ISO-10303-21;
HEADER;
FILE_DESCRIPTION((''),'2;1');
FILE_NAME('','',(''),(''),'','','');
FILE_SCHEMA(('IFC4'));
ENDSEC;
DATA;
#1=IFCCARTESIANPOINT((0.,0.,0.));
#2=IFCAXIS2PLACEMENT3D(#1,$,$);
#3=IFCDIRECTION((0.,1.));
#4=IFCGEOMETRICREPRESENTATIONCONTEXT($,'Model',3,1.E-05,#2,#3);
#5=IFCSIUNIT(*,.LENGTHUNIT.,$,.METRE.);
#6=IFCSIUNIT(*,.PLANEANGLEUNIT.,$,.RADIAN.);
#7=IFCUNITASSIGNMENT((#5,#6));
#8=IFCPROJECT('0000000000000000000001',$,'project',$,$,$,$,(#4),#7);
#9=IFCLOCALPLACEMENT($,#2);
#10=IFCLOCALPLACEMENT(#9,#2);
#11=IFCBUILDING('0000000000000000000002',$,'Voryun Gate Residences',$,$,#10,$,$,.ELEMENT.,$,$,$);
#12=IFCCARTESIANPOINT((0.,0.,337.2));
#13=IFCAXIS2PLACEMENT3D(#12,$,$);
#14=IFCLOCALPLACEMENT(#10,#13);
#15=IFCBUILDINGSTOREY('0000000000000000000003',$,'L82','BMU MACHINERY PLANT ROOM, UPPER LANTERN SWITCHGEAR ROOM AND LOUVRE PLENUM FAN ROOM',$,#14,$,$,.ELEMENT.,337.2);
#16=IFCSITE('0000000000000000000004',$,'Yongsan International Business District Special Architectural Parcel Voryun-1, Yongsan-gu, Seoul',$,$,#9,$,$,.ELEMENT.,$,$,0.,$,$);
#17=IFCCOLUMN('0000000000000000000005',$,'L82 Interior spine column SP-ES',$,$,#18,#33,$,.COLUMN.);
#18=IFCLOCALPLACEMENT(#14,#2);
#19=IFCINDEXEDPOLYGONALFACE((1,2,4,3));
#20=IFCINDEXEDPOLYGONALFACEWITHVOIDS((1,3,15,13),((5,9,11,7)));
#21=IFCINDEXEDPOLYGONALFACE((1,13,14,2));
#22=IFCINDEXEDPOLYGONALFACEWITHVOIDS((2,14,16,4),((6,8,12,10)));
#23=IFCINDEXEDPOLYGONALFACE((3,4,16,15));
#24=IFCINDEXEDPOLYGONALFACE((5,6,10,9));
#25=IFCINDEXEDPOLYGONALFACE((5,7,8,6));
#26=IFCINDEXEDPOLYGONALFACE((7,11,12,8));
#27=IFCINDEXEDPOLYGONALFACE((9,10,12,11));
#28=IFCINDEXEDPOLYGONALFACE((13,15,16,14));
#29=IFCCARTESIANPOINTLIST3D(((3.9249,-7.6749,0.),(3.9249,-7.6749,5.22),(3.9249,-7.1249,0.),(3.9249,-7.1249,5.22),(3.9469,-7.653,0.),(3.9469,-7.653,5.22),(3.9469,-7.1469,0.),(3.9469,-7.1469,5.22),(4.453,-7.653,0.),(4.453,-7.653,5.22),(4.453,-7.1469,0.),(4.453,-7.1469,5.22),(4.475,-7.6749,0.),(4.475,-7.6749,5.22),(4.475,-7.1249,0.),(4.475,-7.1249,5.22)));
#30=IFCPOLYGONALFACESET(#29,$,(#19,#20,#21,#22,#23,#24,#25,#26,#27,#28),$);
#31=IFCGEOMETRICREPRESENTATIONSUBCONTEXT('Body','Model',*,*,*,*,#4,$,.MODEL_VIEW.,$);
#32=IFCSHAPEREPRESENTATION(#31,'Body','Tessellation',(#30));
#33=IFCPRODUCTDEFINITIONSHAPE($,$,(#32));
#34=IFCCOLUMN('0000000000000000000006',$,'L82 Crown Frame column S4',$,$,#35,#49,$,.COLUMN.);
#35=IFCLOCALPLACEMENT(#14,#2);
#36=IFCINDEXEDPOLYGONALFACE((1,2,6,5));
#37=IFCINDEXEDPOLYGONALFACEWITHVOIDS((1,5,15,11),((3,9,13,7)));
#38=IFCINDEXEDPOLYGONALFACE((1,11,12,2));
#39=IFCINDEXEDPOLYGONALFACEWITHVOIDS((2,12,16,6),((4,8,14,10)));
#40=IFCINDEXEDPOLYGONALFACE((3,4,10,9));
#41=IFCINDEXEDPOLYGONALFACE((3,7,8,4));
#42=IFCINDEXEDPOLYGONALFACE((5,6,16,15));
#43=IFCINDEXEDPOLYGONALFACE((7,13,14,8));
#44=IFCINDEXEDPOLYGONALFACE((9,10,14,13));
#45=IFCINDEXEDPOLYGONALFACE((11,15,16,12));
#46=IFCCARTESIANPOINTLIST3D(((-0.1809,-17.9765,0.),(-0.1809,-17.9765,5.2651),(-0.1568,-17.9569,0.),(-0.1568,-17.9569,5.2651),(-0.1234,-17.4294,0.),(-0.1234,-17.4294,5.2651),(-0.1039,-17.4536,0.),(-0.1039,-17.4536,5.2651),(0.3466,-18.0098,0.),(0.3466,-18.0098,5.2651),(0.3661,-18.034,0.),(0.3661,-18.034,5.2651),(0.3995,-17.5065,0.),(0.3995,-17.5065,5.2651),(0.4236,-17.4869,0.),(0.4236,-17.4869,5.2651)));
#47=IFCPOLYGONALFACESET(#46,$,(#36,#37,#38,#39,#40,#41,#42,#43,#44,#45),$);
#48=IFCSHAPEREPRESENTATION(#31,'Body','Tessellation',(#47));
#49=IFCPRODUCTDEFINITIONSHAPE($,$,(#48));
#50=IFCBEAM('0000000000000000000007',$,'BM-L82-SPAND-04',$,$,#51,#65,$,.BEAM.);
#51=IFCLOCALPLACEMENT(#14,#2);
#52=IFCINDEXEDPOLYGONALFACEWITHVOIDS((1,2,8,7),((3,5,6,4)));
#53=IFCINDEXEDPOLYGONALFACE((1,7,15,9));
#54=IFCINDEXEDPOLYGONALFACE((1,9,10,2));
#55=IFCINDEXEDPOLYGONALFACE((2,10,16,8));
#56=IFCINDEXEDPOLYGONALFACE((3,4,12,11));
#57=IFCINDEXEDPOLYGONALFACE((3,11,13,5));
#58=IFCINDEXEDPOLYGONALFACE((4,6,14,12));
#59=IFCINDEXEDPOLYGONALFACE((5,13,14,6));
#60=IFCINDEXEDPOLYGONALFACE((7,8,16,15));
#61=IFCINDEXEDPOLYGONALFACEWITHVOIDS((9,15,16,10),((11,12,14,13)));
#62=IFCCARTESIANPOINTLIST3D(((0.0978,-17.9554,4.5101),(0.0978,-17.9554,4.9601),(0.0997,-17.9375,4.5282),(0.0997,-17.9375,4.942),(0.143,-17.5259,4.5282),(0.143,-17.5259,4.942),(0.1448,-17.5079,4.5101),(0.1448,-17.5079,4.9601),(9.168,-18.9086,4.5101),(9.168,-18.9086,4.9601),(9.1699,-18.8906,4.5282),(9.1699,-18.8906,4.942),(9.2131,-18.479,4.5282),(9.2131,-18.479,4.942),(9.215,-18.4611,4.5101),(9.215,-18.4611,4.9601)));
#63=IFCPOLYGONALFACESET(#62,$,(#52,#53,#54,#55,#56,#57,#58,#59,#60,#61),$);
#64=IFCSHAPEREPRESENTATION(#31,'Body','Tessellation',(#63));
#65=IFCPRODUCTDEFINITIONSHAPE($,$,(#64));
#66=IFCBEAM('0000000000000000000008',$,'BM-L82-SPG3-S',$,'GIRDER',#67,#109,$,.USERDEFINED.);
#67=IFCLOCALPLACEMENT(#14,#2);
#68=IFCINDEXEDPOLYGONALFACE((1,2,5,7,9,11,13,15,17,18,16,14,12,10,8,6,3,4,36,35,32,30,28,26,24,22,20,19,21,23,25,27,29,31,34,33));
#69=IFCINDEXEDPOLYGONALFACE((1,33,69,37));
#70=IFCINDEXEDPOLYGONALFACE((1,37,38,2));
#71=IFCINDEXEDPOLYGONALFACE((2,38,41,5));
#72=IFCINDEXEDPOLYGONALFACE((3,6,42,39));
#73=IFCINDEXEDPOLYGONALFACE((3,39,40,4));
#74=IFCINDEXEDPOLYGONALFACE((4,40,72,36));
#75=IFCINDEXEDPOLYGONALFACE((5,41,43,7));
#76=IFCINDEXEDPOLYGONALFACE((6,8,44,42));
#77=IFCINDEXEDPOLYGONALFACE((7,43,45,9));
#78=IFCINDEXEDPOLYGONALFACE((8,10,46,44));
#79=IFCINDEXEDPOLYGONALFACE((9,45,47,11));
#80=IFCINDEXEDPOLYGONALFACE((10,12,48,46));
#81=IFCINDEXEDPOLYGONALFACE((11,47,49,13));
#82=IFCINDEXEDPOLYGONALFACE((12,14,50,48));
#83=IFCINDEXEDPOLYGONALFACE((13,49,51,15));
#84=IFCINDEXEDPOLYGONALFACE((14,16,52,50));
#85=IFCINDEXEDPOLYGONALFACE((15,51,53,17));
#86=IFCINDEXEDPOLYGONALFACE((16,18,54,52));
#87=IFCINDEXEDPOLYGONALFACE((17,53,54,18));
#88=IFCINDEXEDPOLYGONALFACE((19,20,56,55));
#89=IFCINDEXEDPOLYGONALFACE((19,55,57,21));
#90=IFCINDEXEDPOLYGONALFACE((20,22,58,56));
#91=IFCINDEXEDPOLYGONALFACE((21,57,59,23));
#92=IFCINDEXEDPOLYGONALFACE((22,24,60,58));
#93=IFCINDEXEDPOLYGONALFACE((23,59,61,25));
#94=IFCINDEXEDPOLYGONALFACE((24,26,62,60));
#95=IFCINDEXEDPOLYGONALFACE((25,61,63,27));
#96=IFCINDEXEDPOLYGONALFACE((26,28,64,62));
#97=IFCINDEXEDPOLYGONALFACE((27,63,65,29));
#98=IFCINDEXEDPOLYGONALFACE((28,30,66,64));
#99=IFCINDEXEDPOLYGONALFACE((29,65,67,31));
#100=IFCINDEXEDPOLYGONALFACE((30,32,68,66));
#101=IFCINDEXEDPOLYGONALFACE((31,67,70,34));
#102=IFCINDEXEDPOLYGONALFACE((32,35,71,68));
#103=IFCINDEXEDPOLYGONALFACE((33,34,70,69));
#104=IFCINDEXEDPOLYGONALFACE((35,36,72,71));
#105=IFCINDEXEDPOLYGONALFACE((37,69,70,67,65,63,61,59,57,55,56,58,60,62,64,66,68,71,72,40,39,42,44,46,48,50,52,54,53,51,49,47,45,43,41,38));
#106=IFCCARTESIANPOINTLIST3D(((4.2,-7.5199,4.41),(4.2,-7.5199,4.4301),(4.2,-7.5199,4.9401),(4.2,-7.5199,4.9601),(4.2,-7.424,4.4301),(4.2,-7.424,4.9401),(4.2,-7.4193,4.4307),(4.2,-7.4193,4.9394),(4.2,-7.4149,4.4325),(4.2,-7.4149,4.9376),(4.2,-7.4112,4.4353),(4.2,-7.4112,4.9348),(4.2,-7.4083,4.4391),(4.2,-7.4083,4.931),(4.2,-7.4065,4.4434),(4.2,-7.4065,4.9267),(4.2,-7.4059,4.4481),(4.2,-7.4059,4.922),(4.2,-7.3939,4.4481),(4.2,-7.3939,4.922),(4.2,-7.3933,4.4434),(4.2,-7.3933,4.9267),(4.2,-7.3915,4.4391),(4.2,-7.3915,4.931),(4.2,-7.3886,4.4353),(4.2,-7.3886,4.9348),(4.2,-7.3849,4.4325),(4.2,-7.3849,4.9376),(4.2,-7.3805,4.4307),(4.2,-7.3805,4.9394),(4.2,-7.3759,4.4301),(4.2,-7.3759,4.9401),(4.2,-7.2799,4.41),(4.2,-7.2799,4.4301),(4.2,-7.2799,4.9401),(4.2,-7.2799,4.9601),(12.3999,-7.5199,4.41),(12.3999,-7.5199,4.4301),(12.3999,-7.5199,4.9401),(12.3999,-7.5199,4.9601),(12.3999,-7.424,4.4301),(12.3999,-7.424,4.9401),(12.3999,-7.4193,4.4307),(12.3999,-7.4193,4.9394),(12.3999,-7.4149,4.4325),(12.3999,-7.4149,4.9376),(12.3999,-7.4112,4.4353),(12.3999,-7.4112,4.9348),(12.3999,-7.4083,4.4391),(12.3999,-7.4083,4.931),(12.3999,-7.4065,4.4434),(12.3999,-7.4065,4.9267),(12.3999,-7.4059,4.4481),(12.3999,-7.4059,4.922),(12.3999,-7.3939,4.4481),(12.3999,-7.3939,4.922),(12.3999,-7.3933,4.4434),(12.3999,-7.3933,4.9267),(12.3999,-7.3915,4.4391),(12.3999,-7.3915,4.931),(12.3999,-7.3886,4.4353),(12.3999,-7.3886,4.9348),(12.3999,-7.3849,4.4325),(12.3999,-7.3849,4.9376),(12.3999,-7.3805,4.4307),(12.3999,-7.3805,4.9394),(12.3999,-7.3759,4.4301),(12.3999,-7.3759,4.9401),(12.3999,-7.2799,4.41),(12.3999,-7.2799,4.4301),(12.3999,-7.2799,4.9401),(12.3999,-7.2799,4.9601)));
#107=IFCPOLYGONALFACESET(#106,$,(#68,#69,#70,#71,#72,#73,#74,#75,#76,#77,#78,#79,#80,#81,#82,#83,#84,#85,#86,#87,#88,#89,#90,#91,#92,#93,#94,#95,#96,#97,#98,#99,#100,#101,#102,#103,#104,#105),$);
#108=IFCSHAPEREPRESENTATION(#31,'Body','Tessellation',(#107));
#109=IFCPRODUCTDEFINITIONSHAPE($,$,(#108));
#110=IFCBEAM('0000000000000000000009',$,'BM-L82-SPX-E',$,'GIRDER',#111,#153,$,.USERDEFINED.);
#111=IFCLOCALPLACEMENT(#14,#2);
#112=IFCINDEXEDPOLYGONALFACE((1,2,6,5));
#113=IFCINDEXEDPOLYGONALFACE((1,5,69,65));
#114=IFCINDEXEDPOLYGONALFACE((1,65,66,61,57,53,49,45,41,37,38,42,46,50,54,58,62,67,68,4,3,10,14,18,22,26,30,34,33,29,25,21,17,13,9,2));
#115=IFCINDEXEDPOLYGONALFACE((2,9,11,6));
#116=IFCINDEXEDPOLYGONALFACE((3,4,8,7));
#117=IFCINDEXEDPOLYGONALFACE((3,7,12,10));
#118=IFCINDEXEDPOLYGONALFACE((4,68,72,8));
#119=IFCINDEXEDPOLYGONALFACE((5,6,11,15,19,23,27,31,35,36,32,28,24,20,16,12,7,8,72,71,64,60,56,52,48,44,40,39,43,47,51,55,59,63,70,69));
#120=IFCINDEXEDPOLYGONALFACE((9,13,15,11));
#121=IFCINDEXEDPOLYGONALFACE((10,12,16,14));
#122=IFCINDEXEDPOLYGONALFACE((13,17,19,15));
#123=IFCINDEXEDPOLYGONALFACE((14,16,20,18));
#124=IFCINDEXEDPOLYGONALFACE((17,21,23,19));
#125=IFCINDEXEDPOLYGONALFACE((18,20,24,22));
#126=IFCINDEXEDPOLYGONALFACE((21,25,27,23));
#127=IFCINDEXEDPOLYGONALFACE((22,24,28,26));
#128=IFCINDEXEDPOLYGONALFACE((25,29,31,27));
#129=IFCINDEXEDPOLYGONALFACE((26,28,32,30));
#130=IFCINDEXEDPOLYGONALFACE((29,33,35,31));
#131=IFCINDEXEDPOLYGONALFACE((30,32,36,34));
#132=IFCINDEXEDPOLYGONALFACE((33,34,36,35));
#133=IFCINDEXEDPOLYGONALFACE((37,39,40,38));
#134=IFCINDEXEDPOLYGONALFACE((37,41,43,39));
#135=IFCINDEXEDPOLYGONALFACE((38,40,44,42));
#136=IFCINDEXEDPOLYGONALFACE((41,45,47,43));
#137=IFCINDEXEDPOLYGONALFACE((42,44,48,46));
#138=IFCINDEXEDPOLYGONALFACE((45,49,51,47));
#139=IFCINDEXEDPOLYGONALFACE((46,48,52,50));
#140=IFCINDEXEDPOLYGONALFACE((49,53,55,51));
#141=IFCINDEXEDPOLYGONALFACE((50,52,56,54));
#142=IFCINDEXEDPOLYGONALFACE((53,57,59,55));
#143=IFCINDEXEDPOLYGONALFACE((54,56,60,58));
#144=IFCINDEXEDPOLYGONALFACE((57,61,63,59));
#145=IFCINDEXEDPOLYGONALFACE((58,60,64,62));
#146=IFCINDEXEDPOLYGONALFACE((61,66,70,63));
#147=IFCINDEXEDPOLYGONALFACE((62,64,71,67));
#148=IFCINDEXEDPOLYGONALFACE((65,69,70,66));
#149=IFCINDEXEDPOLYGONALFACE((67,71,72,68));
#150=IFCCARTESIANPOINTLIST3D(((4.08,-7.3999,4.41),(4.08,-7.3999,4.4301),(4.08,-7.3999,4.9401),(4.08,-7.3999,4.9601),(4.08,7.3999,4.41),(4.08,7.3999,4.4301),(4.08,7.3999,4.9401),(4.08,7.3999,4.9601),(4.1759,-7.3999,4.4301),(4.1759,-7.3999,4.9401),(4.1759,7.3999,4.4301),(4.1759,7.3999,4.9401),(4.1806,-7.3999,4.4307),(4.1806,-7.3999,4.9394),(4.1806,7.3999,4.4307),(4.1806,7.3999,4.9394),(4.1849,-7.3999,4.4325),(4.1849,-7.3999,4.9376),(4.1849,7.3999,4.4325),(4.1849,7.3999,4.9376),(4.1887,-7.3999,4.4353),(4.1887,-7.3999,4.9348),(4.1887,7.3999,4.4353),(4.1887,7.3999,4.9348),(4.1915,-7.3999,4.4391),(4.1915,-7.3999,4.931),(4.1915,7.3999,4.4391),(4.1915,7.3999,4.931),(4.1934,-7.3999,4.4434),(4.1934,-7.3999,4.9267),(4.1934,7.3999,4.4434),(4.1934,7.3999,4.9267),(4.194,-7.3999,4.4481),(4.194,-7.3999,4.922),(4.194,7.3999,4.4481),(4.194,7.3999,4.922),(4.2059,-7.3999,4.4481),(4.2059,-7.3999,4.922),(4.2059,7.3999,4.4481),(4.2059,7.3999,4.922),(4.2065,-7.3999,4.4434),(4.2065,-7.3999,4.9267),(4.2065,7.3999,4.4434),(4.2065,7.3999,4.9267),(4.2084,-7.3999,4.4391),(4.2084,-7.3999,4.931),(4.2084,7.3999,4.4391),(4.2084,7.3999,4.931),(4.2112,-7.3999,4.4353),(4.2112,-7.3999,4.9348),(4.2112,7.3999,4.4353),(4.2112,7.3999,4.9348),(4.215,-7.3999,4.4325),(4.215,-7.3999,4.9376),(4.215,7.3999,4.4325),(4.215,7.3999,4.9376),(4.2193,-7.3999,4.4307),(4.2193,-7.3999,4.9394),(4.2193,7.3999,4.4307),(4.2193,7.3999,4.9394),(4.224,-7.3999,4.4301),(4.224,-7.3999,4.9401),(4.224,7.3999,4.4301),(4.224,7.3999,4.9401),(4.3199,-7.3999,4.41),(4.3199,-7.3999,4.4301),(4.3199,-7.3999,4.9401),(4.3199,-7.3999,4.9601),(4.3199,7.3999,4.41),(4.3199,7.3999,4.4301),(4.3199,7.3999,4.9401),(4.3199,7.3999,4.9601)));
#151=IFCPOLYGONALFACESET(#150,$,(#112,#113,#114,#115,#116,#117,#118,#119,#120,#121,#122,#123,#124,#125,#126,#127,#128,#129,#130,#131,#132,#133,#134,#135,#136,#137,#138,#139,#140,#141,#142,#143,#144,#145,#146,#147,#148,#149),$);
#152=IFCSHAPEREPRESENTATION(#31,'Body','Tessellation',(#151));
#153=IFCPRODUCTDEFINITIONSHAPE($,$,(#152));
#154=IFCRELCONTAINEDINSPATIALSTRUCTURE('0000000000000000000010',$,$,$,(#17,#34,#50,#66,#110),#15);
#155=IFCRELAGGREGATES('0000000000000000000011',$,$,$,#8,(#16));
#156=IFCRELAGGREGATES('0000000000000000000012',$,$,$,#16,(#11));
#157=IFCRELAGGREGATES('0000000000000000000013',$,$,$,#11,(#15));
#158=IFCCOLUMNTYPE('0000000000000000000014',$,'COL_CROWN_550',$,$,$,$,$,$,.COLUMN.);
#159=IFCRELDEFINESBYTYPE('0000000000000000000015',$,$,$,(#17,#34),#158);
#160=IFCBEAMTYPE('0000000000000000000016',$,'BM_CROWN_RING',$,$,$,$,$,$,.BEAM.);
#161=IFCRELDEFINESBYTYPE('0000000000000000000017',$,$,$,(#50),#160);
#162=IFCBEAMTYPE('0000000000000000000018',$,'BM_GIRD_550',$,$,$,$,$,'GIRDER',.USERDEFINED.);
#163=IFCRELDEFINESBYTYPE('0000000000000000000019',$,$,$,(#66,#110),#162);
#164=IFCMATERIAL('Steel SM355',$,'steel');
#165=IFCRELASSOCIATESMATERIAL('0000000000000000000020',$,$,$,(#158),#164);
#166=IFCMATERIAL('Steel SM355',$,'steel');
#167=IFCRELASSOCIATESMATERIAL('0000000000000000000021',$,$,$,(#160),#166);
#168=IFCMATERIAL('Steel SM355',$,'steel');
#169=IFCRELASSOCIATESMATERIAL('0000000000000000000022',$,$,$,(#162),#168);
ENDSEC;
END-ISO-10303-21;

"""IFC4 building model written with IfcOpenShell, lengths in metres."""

from ifc_helpers import new_model, si_unit, direction, frame, origin, origin_2d, place, context, subcontext, project, spatial, hollow_rectangle, i_section, extrude, material, material_profile, profile_set, type_object, element, save


model = new_model("IFC4")

# Units and contexts
model_context = context("Model", 3, precision=1e-05, world=origin(), true_north=direction((0.0, 1.0)))
body_context = subcontext(model_context, "Body", "Model", "MODEL_VIEW")
ifc_project = project(units=[si_unit("LENGTHUNIT", "METRE"), si_unit("PLANEANGLEUNIT", "RADIAN")], contexts=[model_context])

# Site, building, storey
site_placement = place(None, origin())
site = spatial("IfcSite", under=ifc_project, at=site_placement, Name="Yongsan International Business District Special Architectural Parcel Voryun-1, Yongsan-gu, Seoul", CompositionType="ELEMENT", RefElevation=0.0)
building_placement = place(site_placement, origin())
building = spatial("IfcBuilding", under=site, at=building_placement, Name="Voryun Gate Residences", CompositionType="ELEMENT")
storey_placement = place(building_placement, frame((0.0, 0.0, 337.2)))
storey = spatial("IfcBuildingStorey", under=building, at=storey_placement, Name="L82", Description="BMU MACHINERY PLANT ROOM, UPPER LANTERN SWITCHGEAR ROOM AND LOUVRE PLENUM FAN ROOM", CompositionType="ELEMENT", Elevation=337.2)

# Columns
ifc_material_1 = material(Name="Steel SM355", Category="steel")
ifc_material_profile_1 = material_profile(ifc_material_1, hollow_rectangle(XDim=0.55, YDim=0.55, WallThickness=0.022, at=origin_2d()), Name="BOX-550x550x22")
ifc_profile_set_1 = profile_set([ifc_material_profile_1], Name="Steel SM355")
column_type = type_object("IfcColumnType", Name="COL_CROWN_550", PredefinedType="COLUMN", material=ifc_profile_set_1)
column_1_placement = place(storey_placement, frame((4.2, -7.3999, 0.0), z_axis=(0.0, 0.0, 1.0), x_axis=(1.0, 0.0, 0.0)))
element("IfcColumn", 1, at=column_1_placement, inside=storey, type_object=column_type, Name="L82 Interior spine column SP-ES", PredefinedType="COLUMN", context=body_context, shape_type="SweptSolid", body=[
    extrude(hollow_rectangle(XDim=0.55, YDim=0.55, WallThickness=0.022, at=origin_2d()), origin(), (0.0, 0.0, 1.0), 5.22),
])
column_2_placement = place(storey_placement, frame((0.1213, -17.7317, 0.0), z_axis=(0.0, 0.0, 1.0), x_axis=(0.994522, -0.104528, 0.0)))
element("IfcColumn", 2, at=column_2_placement, inside=storey, type_object=column_type, Name="L82 Crown Frame column S4", PredefinedType="COLUMN", context=body_context, shape_type="SweptSolid", body=[
    extrude(hollow_rectangle(XDim=0.55, YDim=0.55, WallThickness=0.022, at=origin_2d()), origin(), (0.0, 0.0, 1.0), 5.2651),
])

# Beams
ifc_material_2 = material(Name="Steel SM355", Category="steel")
ifc_material_profile_2 = material_profile(ifc_material_2, hollow_rectangle(XDim=0.45, YDim=0.45, WallThickness=0.0181, at=origin_2d()), Name="BOX-450x450x18")
ifc_profile_set_2 = profile_set([ifc_material_profile_2], Name="Steel SM355")
beam_type_1 = type_object("IfcBeamType", Name="BM_CROWN_RING", PredefinedType="BEAM", material=ifc_profile_set_2)
beam_1_placement = place(storey_placement, frame((0.1213, -17.7317, 4.7351), z_axis=(0.994524, -0.104509, 0.0), x_axis=(0.104509, 0.994524, 0.0)))
element("IfcBeam", 3, at=beam_1_placement, inside=storey, type_object=beam_type_1, Name="BM-L82-SPAND-04", PredefinedType="BEAM", context=body_context, shape_type="SweptSolid", body=[
    extrude(hollow_rectangle(XDim=0.45, YDim=0.45, WallThickness=0.0181, at=origin_2d()), origin(), (0.0, 0.0, 1.0), 9.1201),
])
ifc_material_3 = material(Name="Steel SM355", Category="steel")
ifc_material_profile_3 = material_profile(ifc_material_3, i_section(OverallWidth=0.24, OverallDepth=0.55, WebThickness=0.012, FlangeThickness=0.02, FilletRadius=0.0181, at=origin_2d()), Name="H-550x240x12x20")
ifc_profile_set_3 = profile_set([ifc_material_profile_3], Name="Steel SM355")
beam_type_2 = type_object("IfcBeamType", Name="BM_GIRD_550", ElementType="GIRDER", PredefinedType="USERDEFINED", material=ifc_profile_set_3)
beam_2_placement = place(storey_placement, frame((4.2, -7.3999, 4.6851), z_axis=(1.0, 0.0, 0.0), x_axis=(0.0, 1.0, 0.0)))
element("IfcBeam", 4, at=beam_2_placement, inside=storey, type_object=beam_type_2, Name="BM-L82-SPG3-S", ObjectType="GIRDER", PredefinedType="USERDEFINED", context=body_context, shape_type="SweptSolid", body=[
    extrude(i_section(OverallWidth=0.24, OverallDepth=0.55, WebThickness=0.012, FlangeThickness=0.02, FilletRadius=0.0181, at=origin_2d()), origin(), (0.0, 0.0, 1.0), 8.2),
])
beam_3_placement = place(storey_placement, frame((4.2, -7.3999, 4.6851), z_axis=(0.0, 1.0, 0.0), x_axis=(-1.0, 0.0, 0.0)))
element("IfcBeam", 5, at=beam_3_placement, inside=storey, type_object=beam_type_2, Name="BM-L82-SPX-E", ObjectType="GIRDER", PredefinedType="USERDEFINED", context=body_context, shape_type="SweptSolid", body=[
    extrude(i_section(OverallWidth=0.24, OverallDepth=0.55, WebThickness=0.012, FlangeThickness=0.02, FilletRadius=0.0181, at=origin_2d()), origin(), (0.0, 0.0, 1.0), 14.7998),
])

save(model, "model.ifc")
